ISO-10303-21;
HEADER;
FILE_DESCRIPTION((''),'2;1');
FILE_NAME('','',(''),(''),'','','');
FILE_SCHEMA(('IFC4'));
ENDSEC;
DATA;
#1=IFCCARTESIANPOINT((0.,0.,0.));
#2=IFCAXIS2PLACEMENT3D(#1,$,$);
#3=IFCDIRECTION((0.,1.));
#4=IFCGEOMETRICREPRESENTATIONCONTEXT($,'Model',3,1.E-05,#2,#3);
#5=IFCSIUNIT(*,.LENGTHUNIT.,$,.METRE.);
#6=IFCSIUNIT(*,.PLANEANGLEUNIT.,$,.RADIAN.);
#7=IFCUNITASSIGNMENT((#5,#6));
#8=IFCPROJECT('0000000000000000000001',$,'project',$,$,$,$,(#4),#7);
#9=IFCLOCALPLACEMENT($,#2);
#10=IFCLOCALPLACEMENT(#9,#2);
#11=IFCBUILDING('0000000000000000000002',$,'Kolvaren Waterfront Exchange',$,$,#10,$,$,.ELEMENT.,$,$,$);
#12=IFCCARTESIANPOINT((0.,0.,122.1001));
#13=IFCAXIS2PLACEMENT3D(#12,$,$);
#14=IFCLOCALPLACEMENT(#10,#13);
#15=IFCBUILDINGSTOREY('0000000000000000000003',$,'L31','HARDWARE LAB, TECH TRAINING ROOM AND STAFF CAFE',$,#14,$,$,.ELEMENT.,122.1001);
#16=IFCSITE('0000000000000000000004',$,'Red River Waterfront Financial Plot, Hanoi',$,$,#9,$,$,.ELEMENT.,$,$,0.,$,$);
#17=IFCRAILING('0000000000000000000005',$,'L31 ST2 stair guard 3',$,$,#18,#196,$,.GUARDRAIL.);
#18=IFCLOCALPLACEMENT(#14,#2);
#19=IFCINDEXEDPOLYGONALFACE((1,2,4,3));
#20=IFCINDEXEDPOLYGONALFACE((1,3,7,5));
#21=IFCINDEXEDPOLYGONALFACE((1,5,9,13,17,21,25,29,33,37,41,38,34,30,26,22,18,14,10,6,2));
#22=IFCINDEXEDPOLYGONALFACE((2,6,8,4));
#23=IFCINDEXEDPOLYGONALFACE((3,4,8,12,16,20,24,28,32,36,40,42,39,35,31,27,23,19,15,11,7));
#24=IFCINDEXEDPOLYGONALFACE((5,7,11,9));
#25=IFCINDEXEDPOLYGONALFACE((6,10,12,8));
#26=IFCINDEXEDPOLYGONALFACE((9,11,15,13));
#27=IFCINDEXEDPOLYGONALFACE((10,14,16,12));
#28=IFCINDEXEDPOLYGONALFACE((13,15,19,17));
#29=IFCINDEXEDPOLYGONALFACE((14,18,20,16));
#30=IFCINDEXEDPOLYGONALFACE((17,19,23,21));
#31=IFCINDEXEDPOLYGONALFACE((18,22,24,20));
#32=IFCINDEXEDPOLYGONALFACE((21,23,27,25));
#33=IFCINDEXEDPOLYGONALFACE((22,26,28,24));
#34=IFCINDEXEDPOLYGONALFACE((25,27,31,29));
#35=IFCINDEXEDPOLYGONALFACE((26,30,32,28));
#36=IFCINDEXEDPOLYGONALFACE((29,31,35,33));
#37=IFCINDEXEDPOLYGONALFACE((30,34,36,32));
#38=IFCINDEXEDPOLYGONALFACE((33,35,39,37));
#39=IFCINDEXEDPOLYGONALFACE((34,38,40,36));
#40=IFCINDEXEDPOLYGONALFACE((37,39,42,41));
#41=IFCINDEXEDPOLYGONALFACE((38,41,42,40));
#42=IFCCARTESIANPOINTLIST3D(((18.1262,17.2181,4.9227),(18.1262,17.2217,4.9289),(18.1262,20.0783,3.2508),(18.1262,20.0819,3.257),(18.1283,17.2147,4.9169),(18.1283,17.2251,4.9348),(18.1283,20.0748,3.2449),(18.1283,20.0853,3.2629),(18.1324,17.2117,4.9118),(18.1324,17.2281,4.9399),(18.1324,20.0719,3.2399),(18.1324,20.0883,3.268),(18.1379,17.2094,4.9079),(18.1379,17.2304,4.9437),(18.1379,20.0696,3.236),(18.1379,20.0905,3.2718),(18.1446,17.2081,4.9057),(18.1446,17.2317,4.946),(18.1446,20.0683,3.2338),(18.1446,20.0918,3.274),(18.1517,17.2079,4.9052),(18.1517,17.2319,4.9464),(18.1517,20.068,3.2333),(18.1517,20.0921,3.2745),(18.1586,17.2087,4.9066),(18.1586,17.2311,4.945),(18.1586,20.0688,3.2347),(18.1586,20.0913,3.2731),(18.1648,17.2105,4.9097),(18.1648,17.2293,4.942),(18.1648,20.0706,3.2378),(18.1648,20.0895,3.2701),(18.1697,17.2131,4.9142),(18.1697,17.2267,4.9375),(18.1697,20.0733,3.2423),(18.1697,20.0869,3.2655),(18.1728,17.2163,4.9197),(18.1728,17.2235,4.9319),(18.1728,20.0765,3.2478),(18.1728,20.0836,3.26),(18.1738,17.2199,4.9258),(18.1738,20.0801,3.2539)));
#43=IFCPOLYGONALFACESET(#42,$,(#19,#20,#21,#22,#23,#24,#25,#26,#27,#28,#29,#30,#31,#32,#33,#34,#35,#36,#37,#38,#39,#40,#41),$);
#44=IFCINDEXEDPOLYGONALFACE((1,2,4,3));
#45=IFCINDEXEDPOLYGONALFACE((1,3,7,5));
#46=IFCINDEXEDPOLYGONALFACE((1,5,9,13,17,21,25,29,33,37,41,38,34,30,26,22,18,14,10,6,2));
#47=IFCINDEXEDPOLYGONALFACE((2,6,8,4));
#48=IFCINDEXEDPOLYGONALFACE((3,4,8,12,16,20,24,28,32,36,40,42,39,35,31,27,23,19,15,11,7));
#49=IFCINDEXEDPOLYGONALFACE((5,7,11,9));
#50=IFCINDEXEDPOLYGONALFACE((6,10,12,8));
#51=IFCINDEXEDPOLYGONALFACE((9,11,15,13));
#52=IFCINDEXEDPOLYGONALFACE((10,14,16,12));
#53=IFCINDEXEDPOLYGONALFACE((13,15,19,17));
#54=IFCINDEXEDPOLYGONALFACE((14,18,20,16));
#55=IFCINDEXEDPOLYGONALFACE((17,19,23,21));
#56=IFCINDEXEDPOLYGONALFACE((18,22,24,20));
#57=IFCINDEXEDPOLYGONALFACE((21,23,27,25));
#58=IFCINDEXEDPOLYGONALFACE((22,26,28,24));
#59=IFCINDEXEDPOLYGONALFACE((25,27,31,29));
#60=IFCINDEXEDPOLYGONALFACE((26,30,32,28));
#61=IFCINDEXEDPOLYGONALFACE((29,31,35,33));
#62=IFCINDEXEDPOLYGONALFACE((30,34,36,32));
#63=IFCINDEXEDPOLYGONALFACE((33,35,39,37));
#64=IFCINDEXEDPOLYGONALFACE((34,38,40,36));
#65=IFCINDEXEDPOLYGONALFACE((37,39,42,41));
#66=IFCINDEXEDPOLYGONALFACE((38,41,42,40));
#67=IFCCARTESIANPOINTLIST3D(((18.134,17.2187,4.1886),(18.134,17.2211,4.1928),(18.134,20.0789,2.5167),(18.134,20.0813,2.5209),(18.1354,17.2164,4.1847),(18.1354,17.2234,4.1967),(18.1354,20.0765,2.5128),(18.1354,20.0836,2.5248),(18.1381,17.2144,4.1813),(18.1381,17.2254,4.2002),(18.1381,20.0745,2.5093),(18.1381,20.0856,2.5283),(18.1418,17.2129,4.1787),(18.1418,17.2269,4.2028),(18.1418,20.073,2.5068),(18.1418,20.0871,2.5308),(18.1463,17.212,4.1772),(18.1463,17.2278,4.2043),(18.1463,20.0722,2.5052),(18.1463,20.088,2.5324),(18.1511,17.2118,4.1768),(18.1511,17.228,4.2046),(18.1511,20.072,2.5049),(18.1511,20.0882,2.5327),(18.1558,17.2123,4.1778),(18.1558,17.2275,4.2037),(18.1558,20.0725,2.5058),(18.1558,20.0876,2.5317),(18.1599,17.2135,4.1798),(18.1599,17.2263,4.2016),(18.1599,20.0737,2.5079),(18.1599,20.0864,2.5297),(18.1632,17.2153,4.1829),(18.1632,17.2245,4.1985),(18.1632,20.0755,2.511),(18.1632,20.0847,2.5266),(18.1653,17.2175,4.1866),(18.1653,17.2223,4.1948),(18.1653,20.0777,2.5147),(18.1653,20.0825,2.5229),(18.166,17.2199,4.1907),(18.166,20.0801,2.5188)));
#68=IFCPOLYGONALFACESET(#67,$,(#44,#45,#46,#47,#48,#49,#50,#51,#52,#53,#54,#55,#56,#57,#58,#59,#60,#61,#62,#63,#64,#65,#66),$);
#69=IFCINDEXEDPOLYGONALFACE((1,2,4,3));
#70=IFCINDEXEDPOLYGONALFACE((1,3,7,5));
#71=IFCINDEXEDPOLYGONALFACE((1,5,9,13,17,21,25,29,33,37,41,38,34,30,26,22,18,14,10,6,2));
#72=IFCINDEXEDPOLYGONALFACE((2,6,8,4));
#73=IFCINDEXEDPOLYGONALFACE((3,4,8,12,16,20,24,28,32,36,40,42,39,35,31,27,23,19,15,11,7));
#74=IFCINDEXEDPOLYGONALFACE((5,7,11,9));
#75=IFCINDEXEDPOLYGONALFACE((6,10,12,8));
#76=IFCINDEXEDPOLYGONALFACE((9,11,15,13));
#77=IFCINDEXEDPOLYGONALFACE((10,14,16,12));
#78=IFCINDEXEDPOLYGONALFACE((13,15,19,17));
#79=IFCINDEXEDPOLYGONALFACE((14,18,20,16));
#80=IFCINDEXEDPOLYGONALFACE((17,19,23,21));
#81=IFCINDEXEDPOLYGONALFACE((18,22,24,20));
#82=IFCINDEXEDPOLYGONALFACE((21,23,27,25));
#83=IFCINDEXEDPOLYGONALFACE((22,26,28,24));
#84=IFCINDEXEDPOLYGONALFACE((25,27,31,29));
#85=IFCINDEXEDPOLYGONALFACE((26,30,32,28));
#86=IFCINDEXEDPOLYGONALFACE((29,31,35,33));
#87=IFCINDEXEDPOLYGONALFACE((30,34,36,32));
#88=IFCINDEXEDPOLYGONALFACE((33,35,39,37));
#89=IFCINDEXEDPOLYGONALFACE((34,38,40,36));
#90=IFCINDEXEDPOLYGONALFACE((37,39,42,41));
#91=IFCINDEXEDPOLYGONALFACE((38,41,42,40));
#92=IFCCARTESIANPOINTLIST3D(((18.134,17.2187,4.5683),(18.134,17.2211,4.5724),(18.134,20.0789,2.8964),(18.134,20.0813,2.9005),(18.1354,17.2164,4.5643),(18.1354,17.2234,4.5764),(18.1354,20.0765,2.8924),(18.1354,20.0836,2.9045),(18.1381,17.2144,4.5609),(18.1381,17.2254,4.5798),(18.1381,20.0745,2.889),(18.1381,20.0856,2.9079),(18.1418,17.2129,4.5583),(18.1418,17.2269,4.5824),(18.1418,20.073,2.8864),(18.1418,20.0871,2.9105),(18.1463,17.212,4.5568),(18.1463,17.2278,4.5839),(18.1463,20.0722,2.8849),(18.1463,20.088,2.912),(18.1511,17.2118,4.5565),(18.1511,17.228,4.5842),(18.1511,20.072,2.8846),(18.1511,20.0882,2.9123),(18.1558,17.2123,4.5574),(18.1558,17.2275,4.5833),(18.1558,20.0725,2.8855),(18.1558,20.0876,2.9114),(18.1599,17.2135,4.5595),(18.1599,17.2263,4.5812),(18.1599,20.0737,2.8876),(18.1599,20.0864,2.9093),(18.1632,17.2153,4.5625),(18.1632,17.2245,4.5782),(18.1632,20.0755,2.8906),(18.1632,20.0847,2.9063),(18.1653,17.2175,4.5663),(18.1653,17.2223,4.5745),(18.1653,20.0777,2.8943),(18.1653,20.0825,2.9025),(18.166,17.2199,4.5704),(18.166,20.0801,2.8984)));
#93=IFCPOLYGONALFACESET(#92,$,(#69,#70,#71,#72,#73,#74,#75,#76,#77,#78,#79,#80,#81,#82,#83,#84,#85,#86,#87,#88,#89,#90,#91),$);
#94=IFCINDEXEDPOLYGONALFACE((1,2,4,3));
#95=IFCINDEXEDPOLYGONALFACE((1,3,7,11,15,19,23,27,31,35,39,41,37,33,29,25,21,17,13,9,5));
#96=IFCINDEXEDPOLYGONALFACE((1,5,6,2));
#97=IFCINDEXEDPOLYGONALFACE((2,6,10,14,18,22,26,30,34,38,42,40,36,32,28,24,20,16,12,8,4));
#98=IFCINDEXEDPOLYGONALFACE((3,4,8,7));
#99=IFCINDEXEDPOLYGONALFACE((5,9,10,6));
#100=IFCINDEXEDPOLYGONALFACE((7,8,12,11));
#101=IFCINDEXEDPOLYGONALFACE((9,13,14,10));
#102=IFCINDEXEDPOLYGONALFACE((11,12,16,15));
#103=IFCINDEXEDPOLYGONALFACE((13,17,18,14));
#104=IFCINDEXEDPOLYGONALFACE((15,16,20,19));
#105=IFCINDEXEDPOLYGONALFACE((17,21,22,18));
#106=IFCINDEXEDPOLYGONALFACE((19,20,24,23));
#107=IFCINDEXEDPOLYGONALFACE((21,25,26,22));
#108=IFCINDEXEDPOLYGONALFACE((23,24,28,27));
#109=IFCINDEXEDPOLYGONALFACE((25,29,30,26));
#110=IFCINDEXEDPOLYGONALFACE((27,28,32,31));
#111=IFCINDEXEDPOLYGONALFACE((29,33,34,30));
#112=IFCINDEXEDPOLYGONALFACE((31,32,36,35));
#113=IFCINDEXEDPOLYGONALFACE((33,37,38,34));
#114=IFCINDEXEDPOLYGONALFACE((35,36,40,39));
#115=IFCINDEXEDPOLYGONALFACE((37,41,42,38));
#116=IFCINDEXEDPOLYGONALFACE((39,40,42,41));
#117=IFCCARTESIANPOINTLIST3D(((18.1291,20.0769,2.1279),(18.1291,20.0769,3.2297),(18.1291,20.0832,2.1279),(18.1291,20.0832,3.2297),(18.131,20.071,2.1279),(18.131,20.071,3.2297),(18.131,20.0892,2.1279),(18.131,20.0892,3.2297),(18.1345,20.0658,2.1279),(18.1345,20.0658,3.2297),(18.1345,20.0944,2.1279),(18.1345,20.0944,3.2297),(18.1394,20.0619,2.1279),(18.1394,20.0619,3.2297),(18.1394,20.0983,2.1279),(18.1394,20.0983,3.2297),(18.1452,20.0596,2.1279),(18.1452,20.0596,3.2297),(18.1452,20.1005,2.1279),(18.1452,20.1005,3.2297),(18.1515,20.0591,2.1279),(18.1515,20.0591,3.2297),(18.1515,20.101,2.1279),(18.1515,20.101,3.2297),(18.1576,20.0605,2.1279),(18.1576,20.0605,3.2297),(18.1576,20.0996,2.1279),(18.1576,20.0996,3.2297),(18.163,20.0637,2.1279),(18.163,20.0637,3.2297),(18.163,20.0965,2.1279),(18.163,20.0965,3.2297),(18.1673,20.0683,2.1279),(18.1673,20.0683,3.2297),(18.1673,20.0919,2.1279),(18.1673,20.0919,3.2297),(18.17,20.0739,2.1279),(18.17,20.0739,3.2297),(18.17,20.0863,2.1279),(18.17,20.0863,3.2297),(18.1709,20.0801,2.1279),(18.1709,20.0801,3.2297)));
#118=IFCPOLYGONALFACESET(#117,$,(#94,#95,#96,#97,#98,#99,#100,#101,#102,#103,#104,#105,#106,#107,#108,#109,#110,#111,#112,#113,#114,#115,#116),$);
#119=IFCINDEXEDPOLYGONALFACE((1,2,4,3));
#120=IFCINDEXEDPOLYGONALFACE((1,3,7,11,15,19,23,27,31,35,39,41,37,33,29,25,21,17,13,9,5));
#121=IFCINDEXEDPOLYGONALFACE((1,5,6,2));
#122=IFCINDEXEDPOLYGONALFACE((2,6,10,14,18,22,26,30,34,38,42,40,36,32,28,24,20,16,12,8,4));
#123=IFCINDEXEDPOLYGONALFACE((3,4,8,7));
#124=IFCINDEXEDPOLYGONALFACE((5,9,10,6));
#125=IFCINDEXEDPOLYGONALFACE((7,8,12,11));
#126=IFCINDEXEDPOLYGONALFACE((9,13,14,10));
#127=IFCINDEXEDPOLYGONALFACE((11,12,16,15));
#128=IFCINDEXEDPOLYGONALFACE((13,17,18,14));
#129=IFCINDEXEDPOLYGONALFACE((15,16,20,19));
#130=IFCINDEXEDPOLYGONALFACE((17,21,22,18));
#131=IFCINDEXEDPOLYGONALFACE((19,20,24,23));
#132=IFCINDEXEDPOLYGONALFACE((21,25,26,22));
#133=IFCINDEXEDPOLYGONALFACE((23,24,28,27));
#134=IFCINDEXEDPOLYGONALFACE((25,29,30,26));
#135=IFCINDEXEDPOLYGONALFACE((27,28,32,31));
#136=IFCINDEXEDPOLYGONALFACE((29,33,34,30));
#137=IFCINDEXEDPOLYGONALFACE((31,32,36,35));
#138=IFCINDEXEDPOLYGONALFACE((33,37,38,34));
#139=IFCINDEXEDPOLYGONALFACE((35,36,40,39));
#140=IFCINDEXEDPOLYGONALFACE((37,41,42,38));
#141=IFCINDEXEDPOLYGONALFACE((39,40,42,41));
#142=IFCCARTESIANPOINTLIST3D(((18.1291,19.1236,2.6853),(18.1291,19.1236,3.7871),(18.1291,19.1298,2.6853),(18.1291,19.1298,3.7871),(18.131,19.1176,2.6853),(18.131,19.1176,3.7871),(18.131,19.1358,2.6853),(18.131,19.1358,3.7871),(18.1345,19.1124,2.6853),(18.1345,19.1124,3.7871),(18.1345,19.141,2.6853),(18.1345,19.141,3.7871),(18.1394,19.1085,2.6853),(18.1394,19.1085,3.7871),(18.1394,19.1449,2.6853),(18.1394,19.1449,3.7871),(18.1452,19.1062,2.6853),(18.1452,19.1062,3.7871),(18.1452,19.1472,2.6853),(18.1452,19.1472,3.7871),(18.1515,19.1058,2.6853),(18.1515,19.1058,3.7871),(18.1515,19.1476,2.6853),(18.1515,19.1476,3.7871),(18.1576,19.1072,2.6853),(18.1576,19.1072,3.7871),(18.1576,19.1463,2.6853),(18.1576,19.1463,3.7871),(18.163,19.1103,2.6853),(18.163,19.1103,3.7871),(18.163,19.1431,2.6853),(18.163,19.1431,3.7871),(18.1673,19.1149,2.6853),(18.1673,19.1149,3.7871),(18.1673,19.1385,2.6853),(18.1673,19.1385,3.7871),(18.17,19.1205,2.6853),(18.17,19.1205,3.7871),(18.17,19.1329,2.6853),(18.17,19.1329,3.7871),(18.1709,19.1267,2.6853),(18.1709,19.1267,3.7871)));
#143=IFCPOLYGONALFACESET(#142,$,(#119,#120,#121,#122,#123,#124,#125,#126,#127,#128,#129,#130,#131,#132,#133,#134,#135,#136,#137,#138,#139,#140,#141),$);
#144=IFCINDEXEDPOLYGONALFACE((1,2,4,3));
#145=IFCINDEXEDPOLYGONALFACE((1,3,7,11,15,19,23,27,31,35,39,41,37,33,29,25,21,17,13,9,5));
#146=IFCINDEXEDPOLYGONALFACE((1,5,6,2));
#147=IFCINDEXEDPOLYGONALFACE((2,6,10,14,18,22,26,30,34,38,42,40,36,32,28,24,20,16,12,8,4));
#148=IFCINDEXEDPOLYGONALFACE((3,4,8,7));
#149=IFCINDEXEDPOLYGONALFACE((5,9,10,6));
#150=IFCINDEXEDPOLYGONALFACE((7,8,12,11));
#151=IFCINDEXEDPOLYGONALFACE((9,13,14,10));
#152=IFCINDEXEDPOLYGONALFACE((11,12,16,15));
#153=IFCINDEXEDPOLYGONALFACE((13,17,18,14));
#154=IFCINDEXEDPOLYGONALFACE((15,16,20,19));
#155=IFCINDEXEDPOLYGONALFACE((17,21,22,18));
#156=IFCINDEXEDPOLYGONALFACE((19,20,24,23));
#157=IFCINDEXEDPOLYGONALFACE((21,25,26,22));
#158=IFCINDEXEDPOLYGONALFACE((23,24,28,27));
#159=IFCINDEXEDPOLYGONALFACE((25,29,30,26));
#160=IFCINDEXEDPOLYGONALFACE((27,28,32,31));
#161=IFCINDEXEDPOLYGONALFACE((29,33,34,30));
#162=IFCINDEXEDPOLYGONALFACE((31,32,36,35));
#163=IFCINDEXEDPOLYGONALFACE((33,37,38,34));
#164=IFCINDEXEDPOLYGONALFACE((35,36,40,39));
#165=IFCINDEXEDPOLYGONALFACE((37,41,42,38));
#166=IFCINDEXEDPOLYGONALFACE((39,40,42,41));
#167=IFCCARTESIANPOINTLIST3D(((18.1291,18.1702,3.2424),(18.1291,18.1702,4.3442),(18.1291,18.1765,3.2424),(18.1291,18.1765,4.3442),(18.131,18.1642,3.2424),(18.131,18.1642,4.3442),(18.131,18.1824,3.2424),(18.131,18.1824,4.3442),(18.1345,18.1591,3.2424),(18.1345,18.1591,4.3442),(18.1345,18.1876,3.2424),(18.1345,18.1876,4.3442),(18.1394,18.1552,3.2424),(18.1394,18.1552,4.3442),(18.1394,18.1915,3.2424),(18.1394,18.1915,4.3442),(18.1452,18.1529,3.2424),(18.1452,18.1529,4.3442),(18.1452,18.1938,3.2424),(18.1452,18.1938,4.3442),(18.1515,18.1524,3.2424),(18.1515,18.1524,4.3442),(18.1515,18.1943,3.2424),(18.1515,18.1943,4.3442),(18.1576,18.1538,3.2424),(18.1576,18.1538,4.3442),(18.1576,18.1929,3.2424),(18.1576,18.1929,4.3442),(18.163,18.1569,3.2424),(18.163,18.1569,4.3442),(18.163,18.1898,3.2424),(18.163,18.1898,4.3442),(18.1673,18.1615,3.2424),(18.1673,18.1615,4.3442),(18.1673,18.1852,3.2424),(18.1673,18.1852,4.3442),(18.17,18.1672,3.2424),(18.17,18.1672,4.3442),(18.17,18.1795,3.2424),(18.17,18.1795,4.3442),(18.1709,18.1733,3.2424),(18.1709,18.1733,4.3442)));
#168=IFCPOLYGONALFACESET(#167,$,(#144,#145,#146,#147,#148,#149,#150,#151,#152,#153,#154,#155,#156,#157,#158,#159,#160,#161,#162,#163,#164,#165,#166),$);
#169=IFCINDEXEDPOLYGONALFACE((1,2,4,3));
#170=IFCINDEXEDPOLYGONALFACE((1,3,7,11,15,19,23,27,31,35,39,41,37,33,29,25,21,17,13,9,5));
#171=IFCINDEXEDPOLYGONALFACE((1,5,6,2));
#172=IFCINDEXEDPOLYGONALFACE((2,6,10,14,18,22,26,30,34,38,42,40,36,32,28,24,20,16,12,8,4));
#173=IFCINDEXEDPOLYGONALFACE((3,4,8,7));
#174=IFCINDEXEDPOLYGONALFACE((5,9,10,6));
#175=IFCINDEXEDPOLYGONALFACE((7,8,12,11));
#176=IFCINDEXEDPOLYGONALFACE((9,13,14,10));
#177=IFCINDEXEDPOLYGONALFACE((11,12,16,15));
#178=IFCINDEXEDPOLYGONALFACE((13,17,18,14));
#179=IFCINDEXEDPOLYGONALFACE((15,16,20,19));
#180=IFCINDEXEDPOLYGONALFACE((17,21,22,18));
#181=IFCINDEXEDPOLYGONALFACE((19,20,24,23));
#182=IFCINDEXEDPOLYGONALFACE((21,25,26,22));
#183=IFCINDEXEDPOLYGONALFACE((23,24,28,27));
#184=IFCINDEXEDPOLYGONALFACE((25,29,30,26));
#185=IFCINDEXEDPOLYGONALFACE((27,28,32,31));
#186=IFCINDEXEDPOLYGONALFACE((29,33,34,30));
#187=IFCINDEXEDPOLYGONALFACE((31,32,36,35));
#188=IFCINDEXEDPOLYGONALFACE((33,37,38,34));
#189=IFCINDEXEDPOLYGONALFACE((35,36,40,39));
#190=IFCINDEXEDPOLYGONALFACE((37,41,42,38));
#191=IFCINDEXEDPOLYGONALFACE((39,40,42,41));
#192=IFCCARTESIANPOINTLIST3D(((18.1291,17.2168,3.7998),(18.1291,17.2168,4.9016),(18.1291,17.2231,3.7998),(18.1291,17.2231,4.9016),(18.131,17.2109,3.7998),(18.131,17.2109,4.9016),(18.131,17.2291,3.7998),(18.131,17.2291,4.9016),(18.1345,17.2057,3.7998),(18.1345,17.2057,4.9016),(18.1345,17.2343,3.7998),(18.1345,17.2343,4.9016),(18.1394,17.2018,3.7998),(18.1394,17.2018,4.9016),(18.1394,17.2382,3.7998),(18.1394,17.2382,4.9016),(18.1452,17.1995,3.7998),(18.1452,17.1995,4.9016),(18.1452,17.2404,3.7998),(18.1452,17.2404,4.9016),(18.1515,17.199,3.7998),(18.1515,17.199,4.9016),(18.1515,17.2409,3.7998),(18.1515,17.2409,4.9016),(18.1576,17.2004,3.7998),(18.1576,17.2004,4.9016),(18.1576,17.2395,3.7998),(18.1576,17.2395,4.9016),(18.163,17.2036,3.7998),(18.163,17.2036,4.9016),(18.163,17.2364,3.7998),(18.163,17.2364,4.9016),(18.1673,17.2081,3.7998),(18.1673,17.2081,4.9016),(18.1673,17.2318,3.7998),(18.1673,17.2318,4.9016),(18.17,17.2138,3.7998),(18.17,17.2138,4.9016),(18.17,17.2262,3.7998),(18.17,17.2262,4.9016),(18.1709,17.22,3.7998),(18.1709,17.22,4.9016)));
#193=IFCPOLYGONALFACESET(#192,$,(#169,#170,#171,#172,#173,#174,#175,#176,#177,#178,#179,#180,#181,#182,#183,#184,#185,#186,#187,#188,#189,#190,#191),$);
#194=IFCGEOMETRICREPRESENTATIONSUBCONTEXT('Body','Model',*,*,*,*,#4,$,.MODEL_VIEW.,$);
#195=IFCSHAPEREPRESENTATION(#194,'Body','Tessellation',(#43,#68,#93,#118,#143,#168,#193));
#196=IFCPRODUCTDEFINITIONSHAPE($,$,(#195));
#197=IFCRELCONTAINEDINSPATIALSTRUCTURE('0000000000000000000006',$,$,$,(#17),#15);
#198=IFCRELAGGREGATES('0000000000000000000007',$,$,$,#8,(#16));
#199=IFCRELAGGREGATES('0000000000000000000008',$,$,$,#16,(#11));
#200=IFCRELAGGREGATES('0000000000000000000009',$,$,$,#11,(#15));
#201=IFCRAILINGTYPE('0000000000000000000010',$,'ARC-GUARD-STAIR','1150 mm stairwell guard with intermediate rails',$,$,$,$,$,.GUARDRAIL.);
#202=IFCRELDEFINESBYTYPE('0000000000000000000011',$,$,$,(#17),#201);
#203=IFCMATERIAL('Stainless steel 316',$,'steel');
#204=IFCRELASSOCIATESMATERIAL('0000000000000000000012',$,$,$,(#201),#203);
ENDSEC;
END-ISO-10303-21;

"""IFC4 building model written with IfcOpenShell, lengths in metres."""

from ifc_helpers import new_model, si_unit, direction, frame, origin, origin_2d, place, context, subcontext, project, spatial, circle, extrude, material, type_object, element, save


model = new_model("IFC4")

# Units and contexts
model_context = context("Model", 3, precision=1e-05, world=origin(), true_north=direction((0.0, 1.0)))
body_context = subcontext(model_context, "Body", "Model", "MODEL_VIEW")
ifc_project = project(units=[si_unit("LENGTHUNIT", "METRE"), si_unit("PLANEANGLEUNIT", "RADIAN")], contexts=[model_context])

# Site, building, storey
site_placement = place(None, origin())
site = spatial("IfcSite", under=ifc_project, at=site_placement, Name="Red River Waterfront Financial Plot, Hanoi", CompositionType="ELEMENT", RefElevation=0.0)
building_placement = place(site_placement, origin())
building = spatial("IfcBuilding", under=site, at=building_placement, Name="Kolvaren Waterfront Exchange", CompositionType="ELEMENT")
storey_placement = place(building_placement, frame((0.0, 0.0, 122.1001)))
storey = spatial("IfcBuildingStorey", under=building, at=storey_placement, Name="L31", Description="HARDWARE LAB, TECH TRAINING ROOM AND STAFF CAFE", CompositionType="ELEMENT", Elevation=122.1001)

# Railing
ifc_material_1 = material(Name="Stainless steel 316", Category="steel")
railing_type_1 = type_object("IfcRailingType", Name="ARC-GUARD-STAIR", Description="1150 mm stairwell guard with intermediate rails", PredefinedType="GUARDRAIL", material=ifc_material_1)
railing_1_placement = place(storey_placement, frame((18.1499, 20.0801, 2.1279)))
element("IfcRailing", 1, at=railing_1_placement, inside=storey, type_object=railing_type_1, Name="L31 ST2 stair guard 3", PredefinedType="GUARDRAIL", context=body_context, shape_type="SweptSolid", body=[
    extrude(circle(Radius=0.0239, at=origin_2d()), frame((0.0, 0.0, 1.126), z_axis=(0.0, -0.863321, 0.504654), x_axis=(1.0, 0.0, 0.0)), (0.0, 0.0, 1.0), 3.313),
    extrude(circle(Radius=0.0161, at=origin_2d()), frame((0.0, 0.0, 0.3909), z_axis=(0.0, -0.863321, 0.504654), x_axis=(1.0, 0.0, 0.0)), (0.0, 0.0, 1.0), 3.313),
    extrude(circle(Radius=0.0161, at=origin_2d()), frame((0.0, 0.0, 0.7705), z_axis=(0.0, -0.863321, 0.504654), x_axis=(1.0, 0.0, 0.0)), (0.0, 0.0, 1.0), 3.313),
    extrude(circle(Radius=0.021, at=origin_2d()), origin(), (0.0, 0.0, 1.0), 1.1018),
    extrude(circle(Radius=0.021, at=origin_2d()), frame((0.0, -0.9534, 0.5574)), (0.0, 0.0, 1.0), 1.1018),
    extrude(circle(Radius=0.021, at=origin_2d()), frame((0.0, -1.9067, 1.1145)), (0.0, 0.0, 1.0), 1.1018),
    extrude(circle(Radius=0.021, at=origin_2d()), frame((0.0, -2.8601, 1.6719)), (0.0, 0.0, 1.0), 1.1018),
])

save(model, "model.ifc")
